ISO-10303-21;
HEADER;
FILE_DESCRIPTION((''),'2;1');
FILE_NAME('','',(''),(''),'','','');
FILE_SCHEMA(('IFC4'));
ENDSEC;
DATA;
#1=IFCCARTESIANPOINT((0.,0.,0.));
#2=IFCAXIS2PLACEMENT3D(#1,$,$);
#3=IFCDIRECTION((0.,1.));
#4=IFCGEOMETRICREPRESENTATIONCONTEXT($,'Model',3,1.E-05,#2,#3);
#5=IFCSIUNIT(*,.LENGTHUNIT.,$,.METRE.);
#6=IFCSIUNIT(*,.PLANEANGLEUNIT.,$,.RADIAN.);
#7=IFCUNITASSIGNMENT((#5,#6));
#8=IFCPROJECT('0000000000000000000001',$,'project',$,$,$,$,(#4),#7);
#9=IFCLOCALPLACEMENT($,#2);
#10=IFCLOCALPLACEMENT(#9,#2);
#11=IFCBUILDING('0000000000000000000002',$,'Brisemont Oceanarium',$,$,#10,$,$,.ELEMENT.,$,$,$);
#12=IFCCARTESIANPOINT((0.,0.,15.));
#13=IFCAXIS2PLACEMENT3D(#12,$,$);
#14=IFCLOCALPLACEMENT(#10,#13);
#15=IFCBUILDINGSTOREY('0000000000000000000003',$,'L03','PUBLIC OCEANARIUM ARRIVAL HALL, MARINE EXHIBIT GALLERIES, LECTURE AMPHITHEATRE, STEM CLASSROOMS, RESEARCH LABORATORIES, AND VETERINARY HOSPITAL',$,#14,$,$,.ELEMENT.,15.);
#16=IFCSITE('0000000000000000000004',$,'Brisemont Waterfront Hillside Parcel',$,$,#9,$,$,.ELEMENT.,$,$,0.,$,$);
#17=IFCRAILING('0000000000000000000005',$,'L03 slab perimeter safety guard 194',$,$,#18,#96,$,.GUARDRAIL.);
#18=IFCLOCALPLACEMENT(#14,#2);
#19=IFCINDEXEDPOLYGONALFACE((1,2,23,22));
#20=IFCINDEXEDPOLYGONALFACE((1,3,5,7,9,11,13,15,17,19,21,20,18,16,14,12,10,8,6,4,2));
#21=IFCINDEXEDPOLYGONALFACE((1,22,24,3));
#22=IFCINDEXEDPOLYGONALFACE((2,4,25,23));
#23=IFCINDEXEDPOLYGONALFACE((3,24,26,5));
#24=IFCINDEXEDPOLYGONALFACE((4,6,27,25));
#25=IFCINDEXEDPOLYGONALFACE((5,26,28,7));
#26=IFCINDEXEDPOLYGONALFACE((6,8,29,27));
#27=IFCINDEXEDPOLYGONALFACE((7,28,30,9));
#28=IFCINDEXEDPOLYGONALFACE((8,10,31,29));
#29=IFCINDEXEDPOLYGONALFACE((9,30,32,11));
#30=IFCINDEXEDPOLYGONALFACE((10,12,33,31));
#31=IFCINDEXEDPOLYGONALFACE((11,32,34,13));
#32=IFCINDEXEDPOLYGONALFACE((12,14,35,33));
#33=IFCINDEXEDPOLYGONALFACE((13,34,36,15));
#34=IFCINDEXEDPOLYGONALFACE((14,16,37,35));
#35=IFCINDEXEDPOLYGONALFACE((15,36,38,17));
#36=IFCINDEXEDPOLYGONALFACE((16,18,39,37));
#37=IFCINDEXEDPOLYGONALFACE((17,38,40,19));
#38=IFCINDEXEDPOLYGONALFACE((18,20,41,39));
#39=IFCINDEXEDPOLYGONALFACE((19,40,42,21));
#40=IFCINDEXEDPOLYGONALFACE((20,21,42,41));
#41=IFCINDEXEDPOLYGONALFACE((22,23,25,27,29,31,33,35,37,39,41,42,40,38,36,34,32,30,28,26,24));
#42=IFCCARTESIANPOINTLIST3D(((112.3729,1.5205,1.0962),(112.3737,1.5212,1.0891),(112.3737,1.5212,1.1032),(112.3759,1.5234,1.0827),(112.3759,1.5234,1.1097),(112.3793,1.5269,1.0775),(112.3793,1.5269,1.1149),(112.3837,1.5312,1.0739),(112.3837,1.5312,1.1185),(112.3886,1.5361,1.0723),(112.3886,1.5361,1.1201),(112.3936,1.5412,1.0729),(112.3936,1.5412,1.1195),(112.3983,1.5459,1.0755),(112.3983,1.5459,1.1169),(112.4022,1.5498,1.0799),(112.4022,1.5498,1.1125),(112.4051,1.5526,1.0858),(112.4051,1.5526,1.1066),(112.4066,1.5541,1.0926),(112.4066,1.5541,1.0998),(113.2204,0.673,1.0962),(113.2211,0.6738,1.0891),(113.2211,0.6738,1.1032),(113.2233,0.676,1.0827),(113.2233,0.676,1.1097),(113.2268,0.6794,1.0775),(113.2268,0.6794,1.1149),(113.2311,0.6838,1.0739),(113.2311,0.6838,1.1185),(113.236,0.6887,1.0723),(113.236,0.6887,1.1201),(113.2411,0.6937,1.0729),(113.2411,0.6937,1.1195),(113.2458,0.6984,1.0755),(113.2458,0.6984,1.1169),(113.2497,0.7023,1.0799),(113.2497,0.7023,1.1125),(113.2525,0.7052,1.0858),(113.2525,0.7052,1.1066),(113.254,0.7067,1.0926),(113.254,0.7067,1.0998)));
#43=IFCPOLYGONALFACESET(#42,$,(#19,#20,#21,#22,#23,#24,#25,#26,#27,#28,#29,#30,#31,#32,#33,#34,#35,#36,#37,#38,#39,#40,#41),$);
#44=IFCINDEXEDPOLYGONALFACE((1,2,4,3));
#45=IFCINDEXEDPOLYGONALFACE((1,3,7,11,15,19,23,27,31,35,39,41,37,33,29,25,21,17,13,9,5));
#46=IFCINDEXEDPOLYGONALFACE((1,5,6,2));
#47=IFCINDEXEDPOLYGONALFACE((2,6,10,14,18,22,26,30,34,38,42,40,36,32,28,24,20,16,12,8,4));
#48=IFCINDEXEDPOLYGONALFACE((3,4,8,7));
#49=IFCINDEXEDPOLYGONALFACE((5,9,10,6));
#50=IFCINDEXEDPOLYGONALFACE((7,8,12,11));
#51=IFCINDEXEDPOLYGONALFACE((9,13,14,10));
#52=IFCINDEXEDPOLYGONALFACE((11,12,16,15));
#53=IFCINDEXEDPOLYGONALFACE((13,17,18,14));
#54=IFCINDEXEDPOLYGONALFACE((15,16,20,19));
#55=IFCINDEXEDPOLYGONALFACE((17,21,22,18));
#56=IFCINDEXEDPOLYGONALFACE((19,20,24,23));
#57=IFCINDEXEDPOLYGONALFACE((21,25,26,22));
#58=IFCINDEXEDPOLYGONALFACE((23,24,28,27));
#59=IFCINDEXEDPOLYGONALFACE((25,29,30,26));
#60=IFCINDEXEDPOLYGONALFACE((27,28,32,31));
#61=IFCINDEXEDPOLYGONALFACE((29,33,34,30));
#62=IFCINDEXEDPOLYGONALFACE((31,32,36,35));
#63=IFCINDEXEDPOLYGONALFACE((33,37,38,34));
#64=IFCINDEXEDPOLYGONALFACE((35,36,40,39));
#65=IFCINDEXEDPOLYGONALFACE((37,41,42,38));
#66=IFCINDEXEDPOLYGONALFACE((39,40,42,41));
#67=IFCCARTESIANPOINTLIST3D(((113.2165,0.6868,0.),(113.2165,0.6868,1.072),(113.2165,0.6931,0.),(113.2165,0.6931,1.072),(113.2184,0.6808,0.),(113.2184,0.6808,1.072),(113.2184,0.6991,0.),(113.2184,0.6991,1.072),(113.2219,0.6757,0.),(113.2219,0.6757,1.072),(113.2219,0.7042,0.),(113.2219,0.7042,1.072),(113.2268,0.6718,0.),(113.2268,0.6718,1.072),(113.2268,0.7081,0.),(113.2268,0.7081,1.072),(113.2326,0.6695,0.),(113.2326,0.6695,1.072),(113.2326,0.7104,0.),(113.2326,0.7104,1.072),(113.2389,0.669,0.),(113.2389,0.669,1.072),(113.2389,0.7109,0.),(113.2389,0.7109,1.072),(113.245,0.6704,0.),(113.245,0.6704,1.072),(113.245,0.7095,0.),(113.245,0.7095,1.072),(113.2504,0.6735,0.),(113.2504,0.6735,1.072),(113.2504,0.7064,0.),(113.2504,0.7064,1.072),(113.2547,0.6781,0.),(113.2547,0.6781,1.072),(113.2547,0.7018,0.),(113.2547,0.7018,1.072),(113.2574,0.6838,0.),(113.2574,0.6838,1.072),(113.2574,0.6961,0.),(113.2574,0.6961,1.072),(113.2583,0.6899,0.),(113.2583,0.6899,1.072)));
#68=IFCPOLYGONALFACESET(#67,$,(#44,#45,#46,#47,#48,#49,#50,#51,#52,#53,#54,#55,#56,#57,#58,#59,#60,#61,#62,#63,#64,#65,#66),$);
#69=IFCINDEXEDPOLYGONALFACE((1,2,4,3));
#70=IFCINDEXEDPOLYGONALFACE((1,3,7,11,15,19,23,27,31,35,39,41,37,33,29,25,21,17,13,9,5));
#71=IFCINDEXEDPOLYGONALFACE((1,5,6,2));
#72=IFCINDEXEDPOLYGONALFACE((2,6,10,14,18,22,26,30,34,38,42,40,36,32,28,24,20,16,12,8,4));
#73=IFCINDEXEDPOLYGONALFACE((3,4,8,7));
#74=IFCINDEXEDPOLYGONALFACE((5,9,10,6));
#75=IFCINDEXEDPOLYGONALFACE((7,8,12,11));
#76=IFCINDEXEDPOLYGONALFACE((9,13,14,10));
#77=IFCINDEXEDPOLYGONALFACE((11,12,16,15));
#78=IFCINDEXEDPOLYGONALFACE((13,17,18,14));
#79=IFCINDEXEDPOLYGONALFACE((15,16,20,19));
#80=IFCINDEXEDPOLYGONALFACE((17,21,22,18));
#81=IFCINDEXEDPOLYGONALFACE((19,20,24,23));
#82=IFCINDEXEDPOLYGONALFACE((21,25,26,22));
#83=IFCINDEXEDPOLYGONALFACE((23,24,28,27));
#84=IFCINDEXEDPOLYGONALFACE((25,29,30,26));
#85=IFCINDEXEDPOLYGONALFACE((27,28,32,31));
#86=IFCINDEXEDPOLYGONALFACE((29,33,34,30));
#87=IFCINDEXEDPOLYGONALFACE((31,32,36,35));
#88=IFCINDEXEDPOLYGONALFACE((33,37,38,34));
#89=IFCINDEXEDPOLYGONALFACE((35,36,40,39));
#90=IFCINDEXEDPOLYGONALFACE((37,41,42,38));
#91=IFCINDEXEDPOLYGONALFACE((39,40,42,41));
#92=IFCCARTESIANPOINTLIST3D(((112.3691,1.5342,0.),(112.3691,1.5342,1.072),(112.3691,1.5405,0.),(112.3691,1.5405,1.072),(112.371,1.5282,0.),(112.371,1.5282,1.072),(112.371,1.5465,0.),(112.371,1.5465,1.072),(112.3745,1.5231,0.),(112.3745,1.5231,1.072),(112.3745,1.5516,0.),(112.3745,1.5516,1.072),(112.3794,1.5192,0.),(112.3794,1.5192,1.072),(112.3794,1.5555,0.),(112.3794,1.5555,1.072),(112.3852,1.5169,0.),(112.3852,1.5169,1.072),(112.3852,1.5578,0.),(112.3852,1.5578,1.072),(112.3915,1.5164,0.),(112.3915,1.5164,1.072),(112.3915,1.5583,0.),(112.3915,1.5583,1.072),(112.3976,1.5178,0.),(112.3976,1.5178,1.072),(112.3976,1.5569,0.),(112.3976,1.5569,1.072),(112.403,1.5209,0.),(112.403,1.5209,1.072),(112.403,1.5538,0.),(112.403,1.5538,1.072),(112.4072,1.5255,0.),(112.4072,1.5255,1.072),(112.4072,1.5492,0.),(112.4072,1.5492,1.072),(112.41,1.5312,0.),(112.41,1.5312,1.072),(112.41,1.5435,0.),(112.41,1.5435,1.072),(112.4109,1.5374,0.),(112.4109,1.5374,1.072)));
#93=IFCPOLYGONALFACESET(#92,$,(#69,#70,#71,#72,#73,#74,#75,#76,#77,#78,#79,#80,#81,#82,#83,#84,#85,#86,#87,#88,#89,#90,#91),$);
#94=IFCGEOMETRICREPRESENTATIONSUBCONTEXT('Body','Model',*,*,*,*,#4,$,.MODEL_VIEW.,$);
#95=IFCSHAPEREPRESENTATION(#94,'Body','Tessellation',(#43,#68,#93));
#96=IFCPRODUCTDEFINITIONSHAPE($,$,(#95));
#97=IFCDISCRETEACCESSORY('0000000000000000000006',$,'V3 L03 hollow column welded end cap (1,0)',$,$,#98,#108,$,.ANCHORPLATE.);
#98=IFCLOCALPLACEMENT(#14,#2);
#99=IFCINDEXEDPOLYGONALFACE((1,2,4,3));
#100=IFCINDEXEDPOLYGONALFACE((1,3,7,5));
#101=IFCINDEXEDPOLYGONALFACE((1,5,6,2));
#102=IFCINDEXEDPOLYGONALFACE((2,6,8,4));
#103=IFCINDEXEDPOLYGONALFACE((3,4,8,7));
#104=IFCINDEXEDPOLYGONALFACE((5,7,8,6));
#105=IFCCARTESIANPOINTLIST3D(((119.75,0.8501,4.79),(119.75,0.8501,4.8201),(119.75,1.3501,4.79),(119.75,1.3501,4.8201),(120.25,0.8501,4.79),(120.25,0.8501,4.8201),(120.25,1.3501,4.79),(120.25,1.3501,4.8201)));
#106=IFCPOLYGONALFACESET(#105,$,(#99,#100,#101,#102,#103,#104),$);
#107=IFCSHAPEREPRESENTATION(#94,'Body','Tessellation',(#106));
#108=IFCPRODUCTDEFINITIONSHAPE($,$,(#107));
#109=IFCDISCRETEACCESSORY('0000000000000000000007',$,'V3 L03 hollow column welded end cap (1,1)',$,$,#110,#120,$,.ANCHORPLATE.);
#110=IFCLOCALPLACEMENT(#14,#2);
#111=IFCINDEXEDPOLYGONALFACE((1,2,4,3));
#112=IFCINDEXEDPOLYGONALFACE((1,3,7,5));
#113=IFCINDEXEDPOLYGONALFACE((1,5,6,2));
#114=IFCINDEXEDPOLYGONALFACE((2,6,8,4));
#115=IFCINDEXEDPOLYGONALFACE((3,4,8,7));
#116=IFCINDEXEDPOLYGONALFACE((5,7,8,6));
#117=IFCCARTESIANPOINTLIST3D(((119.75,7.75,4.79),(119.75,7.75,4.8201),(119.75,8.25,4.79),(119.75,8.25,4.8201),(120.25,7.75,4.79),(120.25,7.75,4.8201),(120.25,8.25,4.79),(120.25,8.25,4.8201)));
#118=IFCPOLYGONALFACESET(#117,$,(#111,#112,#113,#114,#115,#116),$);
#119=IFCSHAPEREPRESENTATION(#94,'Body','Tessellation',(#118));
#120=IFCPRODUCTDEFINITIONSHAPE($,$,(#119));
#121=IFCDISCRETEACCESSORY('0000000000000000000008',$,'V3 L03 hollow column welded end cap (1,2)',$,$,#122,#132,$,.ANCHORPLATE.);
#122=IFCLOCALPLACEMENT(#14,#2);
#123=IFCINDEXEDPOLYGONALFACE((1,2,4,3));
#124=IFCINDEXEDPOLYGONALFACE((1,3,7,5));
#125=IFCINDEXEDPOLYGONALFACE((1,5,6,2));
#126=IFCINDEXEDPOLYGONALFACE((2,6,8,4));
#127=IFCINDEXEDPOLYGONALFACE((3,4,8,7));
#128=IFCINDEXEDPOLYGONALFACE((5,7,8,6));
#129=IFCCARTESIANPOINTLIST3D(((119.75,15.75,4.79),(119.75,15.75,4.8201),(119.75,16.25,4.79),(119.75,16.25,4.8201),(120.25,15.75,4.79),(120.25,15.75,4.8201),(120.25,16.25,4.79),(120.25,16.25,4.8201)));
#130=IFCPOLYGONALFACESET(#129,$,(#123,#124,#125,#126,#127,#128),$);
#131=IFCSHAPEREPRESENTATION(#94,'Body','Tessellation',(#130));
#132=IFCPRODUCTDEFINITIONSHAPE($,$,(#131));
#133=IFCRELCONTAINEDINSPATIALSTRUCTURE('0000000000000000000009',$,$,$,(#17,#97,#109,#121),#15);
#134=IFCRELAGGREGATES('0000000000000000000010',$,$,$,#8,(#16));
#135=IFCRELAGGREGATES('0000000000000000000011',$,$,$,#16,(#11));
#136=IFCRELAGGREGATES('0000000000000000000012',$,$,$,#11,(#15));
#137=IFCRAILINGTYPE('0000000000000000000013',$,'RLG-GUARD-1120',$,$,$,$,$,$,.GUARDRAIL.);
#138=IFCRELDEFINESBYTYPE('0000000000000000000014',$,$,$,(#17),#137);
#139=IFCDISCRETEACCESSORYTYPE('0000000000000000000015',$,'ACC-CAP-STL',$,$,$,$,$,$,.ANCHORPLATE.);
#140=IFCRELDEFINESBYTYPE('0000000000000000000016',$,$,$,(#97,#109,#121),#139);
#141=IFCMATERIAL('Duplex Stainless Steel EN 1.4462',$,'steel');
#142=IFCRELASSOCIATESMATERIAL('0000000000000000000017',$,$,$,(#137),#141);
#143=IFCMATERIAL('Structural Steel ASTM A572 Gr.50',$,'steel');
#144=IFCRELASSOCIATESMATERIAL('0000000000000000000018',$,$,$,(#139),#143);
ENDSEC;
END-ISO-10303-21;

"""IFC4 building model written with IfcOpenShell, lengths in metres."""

from ifc_helpers import new_model, si_unit, direction, frame, origin, origin_2d, place, context, subcontext, project, spatial, rectangle, circle, extrude, material, type_object, element, save


model = new_model("IFC4")

# Units and contexts
model_context = context("Model", 3, precision=1e-05, world=origin(), true_north=direction((0.0, 1.0)))
body_context = subcontext(model_context, "Body", "Model", "MODEL_VIEW")
ifc_project = project(units=[si_unit("LENGTHUNIT", "METRE"), si_unit("PLANEANGLEUNIT", "RADIAN")], contexts=[model_context])

# Site, building, storey
site_placement = place(None, origin())
site = spatial("IfcSite", under=ifc_project, at=site_placement, Name="Brisemont Waterfront Hillside Parcel", CompositionType="ELEMENT", RefElevation=0.0)
building_placement = place(site_placement, origin())
building = spatial("IfcBuilding", under=site, at=building_placement, Name="Brisemont Oceanarium", CompositionType="ELEMENT")
storey_placement = place(building_placement, frame((0.0, 0.0, 15.0)))
storey = spatial("IfcBuildingStorey", under=building, at=storey_placement, Name="L03", Description="PUBLIC OCEANARIUM ARRIVAL HALL, MARINE EXHIBIT GALLERIES, LECTURE AMPHITHEATRE, STEM CLASSROOMS, RESEARCH LABORATORIES, AND VETERINARY HOSPITAL", CompositionType="ELEMENT", Elevation=15.0)

# Railing
ifc_material_1 = material(Name="Duplex Stainless Steel EN 1.4462", Category="steel")
railing_type = type_object("IfcRailingType", Name="RLG-GUARD-1120", PredefinedType="GUARDRAIL", material=ifc_material_1)
railing_1_placement = place(storey_placement, frame((113.2373, 0.6899, 0.0)))
element("IfcRailing", 1, at=railing_1_placement, inside=storey, type_object=railing_type, Name="L03 slab perimeter safety guard 194", PredefinedType="GUARDRAIL", context=body_context, shape_type="SweptSolid", body=[
    extrude(circle(Radius=0.0239, at=origin_2d()), frame((0.0, 0.0, 1.0962), z_axis=(-0.707107, 0.707107, 0.0), x_axis=(-0.707107, -0.707107, 0.0)), (0.0, 0.0, 1.0), 1.1985),
    extrude(circle(Radius=0.021, at=origin_2d()), origin(), (0.0, 0.0, 1.0), 1.072),
    extrude(circle(Radius=0.021, at=origin_2d()), frame((-0.8474, 0.8474, 0.0)), (0.0, 0.0, 1.0), 1.072),
])

# Discrete accessories
ifc_material_2 = material(Name="Structural Steel ASTM A572 Gr.50", Category="steel")
discrete_accessory_type = type_object("IfcDiscreteAccessoryType", Name="ACC-CAP-STL", PredefinedType="ANCHORPLATE", material=ifc_material_2)
for number, where, z_axis, x_axis, name in (
    (2, (120.0, 1.1001, 4.79), (0.0, 0.0, 1.0), (1.0, 0.0, 0.0), "V3 L03 hollow column welded end cap (1,0)"),
    (3, (120.0, 8.0, 4.79), (0.0, 0.0, 1.0), (1.0, 0.0, 0.0), "V3 L03 hollow column welded end cap (1,1)"),
    (4, (120.0, 16.0, 4.79), (0.0, 0.0, 1.0), (1.0, 0.0, 0.0), "V3 L03 hollow column welded end cap (1,2)"),
):
    element("IfcDiscreteAccessory", number, at=place(storey_placement, frame(where, z_axis=z_axis, x_axis=x_axis)), inside=storey, type_object=discrete_accessory_type, Name=name, PredefinedType="ANCHORPLATE", context=body_context, shape_type="SweptSolid", body=[
        extrude(rectangle(XDim=0.5, YDim=0.5, at=origin_2d()), origin(), (0.0, 0.0, 1.0), 0.03),
    ])

save(model, "model.ifc")
